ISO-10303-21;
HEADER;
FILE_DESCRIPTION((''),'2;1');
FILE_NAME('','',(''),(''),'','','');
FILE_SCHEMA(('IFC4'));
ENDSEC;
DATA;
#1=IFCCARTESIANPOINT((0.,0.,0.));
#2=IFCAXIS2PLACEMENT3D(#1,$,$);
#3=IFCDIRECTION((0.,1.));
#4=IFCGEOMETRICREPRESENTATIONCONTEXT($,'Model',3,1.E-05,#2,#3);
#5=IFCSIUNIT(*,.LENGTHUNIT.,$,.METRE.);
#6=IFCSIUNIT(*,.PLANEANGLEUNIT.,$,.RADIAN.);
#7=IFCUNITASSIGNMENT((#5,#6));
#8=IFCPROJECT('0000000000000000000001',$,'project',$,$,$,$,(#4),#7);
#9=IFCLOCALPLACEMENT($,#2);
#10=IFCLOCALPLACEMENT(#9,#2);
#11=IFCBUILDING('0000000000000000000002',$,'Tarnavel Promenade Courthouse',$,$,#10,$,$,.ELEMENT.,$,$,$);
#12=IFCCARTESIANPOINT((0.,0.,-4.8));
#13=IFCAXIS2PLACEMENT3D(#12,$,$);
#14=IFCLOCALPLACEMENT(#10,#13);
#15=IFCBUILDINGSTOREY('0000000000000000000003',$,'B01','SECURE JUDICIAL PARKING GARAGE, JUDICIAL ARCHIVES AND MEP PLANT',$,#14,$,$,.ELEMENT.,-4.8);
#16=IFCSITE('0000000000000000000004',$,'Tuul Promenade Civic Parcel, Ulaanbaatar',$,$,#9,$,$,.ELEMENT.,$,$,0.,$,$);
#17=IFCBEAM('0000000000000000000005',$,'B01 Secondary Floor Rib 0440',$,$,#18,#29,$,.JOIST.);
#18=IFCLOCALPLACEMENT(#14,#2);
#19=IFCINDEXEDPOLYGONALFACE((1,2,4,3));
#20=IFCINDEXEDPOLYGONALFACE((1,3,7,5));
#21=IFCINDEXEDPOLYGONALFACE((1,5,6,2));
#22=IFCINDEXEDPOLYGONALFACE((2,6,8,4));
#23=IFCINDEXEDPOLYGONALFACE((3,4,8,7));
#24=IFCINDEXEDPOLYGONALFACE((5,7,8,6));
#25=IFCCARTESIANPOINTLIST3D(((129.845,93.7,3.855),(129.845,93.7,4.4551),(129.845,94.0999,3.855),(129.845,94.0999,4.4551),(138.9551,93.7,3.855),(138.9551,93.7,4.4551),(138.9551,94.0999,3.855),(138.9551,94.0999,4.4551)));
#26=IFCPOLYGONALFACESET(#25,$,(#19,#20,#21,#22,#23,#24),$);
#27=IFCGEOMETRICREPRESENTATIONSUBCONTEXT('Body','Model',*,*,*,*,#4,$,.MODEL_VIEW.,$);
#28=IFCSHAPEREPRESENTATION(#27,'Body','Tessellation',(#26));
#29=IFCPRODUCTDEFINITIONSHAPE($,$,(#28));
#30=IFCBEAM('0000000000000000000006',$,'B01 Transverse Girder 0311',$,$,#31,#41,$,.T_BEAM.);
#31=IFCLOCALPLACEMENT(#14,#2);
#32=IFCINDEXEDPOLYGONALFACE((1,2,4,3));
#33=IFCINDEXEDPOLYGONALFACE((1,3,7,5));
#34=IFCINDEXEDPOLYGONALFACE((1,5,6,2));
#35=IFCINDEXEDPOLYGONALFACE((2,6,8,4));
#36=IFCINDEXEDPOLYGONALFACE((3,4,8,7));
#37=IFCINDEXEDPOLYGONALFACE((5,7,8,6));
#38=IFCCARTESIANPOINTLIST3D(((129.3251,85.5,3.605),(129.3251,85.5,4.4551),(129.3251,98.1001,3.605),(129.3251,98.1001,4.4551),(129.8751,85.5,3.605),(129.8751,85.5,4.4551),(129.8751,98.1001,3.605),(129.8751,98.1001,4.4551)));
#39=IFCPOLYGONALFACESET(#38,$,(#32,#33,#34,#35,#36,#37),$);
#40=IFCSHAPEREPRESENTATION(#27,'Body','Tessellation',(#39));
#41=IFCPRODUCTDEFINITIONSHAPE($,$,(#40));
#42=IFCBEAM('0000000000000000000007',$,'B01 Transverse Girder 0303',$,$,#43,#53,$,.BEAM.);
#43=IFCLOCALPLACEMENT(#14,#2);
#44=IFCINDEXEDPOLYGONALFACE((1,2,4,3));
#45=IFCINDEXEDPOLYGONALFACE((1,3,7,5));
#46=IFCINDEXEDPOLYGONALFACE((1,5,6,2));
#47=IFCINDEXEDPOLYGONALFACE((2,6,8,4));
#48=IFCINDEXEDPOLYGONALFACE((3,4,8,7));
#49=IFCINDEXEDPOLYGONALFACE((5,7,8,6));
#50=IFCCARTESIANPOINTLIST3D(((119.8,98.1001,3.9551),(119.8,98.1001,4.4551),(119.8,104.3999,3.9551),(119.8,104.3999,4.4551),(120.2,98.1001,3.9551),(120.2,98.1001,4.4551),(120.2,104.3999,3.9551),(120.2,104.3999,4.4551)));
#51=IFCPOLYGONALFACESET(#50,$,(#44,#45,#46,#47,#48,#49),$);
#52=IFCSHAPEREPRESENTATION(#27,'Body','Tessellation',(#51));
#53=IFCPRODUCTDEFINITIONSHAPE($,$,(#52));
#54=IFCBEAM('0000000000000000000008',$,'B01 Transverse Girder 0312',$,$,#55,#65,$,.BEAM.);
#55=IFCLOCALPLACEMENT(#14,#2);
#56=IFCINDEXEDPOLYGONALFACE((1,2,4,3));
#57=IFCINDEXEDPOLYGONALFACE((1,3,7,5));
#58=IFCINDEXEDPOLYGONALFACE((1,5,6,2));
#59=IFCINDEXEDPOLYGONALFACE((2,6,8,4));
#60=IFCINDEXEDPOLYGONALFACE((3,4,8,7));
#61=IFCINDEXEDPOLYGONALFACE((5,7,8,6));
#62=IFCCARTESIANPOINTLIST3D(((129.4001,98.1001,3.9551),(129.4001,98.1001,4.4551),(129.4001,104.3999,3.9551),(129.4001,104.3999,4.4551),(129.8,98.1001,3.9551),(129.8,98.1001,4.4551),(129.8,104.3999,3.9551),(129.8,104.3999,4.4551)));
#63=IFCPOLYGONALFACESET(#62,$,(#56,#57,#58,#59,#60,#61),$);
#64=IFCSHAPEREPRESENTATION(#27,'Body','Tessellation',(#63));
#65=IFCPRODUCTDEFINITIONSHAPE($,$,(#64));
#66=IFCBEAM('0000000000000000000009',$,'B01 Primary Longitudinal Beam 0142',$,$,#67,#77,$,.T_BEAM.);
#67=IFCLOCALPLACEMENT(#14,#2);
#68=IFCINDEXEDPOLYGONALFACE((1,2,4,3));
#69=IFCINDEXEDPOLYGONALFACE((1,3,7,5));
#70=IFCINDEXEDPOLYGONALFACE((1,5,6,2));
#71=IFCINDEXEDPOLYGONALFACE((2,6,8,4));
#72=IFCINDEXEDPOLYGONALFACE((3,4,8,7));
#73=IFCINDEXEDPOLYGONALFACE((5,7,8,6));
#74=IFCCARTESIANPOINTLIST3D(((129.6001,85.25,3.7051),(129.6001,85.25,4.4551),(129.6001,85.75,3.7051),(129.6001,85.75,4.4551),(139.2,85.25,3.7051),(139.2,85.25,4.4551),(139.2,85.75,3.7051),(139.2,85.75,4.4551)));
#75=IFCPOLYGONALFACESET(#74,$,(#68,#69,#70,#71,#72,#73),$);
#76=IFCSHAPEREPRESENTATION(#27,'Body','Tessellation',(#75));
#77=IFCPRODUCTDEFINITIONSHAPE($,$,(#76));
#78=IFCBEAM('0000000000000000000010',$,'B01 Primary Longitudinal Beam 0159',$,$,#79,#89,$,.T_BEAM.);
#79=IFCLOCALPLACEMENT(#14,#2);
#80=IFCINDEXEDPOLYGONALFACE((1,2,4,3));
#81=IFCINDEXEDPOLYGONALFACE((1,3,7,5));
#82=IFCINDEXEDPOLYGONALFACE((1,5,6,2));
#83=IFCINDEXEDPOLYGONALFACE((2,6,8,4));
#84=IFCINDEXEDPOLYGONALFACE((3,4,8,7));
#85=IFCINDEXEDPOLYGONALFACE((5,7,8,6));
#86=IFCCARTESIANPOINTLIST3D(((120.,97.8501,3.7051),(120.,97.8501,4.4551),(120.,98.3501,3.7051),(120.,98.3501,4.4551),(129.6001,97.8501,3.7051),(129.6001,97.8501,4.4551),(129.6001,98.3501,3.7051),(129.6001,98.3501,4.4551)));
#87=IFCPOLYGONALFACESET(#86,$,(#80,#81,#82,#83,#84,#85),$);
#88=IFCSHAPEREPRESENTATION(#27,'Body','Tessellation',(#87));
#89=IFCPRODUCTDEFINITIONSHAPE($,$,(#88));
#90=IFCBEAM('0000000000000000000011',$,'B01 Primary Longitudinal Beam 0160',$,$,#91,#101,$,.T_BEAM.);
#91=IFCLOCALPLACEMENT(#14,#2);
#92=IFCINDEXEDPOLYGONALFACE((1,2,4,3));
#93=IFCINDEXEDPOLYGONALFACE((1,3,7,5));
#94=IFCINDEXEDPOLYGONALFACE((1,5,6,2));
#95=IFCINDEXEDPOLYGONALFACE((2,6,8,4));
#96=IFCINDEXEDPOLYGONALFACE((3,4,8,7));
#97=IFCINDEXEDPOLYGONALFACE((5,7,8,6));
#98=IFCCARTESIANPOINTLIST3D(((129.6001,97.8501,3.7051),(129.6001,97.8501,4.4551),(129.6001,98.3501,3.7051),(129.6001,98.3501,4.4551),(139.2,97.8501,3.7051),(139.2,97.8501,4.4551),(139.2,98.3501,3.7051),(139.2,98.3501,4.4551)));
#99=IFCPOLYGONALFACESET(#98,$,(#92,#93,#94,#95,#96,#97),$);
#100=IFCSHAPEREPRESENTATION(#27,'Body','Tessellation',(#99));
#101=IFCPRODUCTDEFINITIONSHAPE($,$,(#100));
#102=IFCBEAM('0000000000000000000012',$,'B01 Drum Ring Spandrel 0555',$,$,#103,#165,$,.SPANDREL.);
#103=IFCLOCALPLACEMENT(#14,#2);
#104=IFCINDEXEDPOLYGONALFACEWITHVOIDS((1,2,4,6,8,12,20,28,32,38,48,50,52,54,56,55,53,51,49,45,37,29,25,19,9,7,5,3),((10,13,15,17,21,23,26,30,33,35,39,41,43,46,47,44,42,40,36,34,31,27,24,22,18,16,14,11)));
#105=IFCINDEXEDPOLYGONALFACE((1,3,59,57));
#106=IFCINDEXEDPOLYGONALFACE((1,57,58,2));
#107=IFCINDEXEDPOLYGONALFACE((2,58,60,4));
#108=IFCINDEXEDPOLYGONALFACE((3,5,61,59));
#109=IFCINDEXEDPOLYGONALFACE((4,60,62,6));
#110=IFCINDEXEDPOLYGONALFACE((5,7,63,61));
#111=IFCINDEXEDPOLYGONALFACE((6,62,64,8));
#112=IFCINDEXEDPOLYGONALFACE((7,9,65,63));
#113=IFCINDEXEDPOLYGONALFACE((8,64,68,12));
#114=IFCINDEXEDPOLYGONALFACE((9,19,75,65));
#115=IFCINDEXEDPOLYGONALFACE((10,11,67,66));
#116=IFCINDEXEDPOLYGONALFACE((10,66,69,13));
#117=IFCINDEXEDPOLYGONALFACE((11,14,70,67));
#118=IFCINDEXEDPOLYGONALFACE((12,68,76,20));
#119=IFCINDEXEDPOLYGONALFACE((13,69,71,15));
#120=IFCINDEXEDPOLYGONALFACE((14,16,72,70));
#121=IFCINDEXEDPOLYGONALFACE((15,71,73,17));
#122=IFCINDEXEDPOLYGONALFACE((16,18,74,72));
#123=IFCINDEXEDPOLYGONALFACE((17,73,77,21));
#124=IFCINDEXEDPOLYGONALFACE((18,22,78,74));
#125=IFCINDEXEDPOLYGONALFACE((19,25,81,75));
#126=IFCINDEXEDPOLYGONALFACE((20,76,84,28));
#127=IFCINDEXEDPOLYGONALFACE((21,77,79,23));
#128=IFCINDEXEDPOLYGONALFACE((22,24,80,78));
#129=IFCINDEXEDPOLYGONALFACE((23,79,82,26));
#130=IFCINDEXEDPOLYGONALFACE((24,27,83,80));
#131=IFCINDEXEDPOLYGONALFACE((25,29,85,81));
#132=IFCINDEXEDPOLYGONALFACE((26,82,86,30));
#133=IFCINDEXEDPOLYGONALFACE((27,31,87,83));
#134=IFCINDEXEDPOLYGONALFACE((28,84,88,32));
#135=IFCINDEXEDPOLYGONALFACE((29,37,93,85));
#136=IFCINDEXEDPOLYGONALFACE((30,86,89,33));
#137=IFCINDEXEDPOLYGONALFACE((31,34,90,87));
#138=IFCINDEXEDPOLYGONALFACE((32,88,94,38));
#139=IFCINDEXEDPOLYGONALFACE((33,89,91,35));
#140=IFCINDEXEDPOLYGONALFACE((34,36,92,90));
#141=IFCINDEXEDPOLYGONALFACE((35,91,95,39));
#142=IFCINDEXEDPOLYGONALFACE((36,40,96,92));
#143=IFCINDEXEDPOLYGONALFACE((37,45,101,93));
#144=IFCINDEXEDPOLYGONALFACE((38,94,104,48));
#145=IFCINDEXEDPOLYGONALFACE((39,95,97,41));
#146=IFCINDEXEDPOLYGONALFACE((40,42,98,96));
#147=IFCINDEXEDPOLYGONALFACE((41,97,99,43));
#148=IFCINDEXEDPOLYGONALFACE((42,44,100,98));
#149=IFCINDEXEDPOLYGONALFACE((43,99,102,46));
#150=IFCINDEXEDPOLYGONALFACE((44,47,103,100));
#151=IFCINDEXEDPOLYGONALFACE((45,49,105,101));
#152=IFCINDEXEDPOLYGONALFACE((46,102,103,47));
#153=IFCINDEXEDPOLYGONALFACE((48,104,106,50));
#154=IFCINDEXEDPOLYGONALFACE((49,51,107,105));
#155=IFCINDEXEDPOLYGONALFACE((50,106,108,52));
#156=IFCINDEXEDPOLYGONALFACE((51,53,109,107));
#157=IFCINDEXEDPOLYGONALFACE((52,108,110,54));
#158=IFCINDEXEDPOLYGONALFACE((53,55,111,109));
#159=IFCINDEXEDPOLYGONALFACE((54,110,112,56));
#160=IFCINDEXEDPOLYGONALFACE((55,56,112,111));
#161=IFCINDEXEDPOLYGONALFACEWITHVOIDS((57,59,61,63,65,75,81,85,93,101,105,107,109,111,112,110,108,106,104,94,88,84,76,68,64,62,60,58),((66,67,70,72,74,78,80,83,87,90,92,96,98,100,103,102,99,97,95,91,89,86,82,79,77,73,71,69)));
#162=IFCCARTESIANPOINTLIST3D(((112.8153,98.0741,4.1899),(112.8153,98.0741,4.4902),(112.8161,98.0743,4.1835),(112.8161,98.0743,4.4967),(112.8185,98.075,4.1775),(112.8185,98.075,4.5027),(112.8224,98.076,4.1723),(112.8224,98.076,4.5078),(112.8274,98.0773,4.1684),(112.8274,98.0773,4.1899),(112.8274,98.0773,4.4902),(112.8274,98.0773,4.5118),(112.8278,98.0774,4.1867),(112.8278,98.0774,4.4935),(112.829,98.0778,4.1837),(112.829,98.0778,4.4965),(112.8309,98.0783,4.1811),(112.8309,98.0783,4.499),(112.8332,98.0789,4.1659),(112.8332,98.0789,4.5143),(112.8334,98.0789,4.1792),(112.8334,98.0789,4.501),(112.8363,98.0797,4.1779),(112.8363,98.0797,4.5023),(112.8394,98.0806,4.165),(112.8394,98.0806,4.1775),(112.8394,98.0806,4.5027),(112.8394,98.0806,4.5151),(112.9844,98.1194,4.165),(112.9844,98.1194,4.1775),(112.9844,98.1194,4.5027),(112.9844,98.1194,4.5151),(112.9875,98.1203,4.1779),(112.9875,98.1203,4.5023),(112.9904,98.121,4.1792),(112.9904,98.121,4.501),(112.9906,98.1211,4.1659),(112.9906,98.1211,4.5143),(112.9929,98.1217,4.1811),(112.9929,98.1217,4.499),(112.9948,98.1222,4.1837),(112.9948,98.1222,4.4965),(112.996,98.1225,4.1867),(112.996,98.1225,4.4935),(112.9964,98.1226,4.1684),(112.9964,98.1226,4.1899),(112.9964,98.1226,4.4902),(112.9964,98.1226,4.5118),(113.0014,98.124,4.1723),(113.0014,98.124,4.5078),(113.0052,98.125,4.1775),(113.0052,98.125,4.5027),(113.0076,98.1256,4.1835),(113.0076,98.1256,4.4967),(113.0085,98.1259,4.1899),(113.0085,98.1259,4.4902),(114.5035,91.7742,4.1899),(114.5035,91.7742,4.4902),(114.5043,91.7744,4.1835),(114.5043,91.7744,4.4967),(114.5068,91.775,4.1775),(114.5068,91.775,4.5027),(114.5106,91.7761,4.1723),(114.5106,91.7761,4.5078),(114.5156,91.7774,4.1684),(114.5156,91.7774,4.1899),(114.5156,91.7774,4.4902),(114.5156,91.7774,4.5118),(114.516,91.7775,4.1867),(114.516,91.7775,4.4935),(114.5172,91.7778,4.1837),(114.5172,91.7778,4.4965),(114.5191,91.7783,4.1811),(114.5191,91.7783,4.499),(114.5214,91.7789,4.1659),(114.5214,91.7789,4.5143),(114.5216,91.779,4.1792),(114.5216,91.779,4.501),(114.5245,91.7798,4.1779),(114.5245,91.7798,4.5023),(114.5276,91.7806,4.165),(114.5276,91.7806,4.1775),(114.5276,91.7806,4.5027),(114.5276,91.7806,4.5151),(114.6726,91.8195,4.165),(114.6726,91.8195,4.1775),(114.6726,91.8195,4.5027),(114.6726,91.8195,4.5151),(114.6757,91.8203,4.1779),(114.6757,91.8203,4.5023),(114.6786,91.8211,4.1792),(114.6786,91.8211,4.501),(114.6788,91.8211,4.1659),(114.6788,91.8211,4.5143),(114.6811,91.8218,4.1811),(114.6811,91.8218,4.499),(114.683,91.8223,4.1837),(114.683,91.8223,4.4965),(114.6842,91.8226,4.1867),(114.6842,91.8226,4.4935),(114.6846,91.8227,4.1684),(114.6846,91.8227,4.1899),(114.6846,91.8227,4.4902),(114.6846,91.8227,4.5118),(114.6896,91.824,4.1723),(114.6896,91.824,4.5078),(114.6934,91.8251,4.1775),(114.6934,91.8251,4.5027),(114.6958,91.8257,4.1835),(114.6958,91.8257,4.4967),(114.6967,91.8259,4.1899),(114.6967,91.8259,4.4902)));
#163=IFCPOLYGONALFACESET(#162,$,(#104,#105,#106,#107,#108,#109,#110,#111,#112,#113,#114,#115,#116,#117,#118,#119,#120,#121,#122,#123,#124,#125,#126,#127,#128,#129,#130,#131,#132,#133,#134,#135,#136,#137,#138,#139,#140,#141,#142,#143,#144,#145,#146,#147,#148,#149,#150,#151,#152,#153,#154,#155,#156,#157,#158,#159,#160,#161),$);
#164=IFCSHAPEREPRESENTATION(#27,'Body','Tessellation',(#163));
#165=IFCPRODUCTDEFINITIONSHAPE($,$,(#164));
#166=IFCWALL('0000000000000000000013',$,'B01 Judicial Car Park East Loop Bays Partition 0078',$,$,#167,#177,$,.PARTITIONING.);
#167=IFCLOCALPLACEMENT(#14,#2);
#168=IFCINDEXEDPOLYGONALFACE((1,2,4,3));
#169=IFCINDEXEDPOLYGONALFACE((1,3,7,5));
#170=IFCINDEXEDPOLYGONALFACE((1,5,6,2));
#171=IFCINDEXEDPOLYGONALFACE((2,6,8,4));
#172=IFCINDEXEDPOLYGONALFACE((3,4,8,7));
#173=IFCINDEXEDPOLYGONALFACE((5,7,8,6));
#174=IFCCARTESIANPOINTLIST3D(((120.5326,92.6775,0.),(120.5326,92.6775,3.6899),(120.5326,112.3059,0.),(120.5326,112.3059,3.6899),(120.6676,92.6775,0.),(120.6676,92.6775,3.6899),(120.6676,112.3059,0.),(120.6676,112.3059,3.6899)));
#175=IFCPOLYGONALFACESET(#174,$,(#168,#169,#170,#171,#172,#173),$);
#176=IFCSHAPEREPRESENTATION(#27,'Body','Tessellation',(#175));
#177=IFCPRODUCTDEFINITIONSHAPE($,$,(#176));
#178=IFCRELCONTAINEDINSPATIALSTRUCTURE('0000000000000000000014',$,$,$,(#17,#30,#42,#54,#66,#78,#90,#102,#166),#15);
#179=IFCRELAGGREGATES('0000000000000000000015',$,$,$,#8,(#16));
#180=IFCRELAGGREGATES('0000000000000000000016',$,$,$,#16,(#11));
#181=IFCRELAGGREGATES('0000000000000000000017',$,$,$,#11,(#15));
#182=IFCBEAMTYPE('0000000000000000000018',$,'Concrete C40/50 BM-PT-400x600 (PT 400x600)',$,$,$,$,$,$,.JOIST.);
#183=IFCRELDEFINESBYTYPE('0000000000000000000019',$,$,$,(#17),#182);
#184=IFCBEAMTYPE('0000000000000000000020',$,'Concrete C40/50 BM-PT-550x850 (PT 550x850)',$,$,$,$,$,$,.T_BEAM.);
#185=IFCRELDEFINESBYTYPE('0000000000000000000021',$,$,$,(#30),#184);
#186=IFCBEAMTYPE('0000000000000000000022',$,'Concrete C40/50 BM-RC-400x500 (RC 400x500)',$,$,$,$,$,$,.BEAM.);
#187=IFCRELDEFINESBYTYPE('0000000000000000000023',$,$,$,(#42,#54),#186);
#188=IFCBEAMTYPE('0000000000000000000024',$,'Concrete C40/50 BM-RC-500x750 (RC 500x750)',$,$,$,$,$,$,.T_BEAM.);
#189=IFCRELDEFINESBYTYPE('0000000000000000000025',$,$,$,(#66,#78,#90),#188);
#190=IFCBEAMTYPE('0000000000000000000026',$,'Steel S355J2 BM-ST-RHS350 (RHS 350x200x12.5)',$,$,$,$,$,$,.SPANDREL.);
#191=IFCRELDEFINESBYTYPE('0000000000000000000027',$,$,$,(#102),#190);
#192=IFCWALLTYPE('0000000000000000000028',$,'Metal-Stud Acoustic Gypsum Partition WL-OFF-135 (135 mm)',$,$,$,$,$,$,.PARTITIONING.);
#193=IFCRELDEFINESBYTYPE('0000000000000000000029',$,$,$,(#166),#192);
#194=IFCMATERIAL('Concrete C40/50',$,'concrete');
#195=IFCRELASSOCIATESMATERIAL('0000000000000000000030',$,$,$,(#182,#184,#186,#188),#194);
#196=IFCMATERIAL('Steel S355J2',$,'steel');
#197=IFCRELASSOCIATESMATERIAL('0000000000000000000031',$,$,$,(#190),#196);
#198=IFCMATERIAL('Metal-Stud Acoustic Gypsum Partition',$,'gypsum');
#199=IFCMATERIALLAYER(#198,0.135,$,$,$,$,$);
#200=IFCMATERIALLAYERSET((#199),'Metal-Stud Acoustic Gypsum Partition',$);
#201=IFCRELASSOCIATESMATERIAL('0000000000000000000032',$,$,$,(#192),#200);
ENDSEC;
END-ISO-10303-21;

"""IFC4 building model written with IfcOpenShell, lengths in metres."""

from ifc_helpers import new_model, si_unit, direction, frame, frame_2d, origin, origin_2d, place, context, subcontext, project, spatial, rectangle, hollow_rectangle, extrude, material, layer, layer_set, material_profile, profile_set, type_object, element, save


model = new_model("IFC4")

# Units and contexts
model_context = context("Model", 3, precision=1e-05, world=origin(), true_north=direction((0.0, 1.0)))
body_context = subcontext(model_context, "Body", "Model", "MODEL_VIEW")
ifc_project = project(units=[si_unit("LENGTHUNIT", "METRE"), si_unit("PLANEANGLEUNIT", "RADIAN")], contexts=[model_context])

# Site, building, storey
site_placement = place(None, origin())
site = spatial("IfcSite", under=ifc_project, at=site_placement, Name="Tuul Promenade Civic Parcel, Ulaanbaatar", CompositionType="ELEMENT", RefElevation=0.0)
building_placement = place(site_placement, origin())
building = spatial("IfcBuilding", under=site, at=building_placement, Name="Tarnavel Promenade Courthouse", CompositionType="ELEMENT")
storey_placement = place(building_placement, frame((0.0, 0.0, -4.8)))
storey = spatial("IfcBuildingStorey", under=building, at=storey_placement, Name="B01", Description="SECURE JUDICIAL PARKING GARAGE, JUDICIAL ARCHIVES AND MEP PLANT", CompositionType="ELEMENT", Elevation=-4.8)

# Shared definitions
ifc_material_1 = material(Name="Concrete C40/50", Category="concrete")

# Beams
ifc_material_profile_1 = material_profile(ifc_material_1, rectangle(XDim=0.3999, YDim=0.6001, at=origin_2d()), Name="PT 400x600")
ifc_profile_set_1 = profile_set([ifc_material_profile_1], Name="Concrete C40/50")
beam_type_1 = type_object("IfcBeamType", Name="Concrete C40/50 BM-PT-400x600 (PT 400x600)", PredefinedType="JOIST", material=ifc_profile_set_1)
for number, where, z_axis, x_axis, name in (
    (1, (129.845, 93.8999, 4.155), (1.0, 0.0, 0.0), (0.0, 1.0, 0.0), "B01 Secondary Floor Rib 0440"),
):
    element("IfcBeam", number, at=place(storey_placement, frame(where, z_axis=z_axis, x_axis=x_axis)), inside=storey, type_object=beam_type_1, Name=name, PredefinedType="JOIST", context=body_context, shape_type="SweptSolid", body=[
        extrude(rectangle(XDim=0.3999, YDim=0.6001, at=origin_2d()), origin(), (0.0, 0.0, 1.0), 9.1101),
    ])
ifc_material_profile_2 = material_profile(ifc_material_1, rectangle(XDim=0.55, YDim=0.8501, at=origin_2d()), Name="PT 550x850")
ifc_profile_set_2 = profile_set([ifc_material_profile_2], Name="Concrete C40/50")
beam_type_2 = type_object("IfcBeamType", Name="Concrete C40/50 BM-PT-550x850 (PT 550x850)", PredefinedType="T_BEAM", material=ifc_profile_set_2)
beam_1_placement = place(storey_placement, frame((129.6001, 85.5, 4.03), z_axis=(0.0, 1.0, 0.0), x_axis=(-1.0, 0.0, 0.0)))
element("IfcBeam", 2, at=beam_1_placement, inside=storey, type_object=beam_type_2, Name="B01 Transverse Girder 0311", PredefinedType="T_BEAM", context=body_context, shape_type="SweptSolid", body=[
    extrude(rectangle(XDim=0.55, YDim=0.8501, at=origin_2d()), origin(), (0.0, 0.0, 1.0), 12.6001),
])
ifc_material_profile_3 = material_profile(ifc_material_1, rectangle(XDim=0.3999, YDim=0.5, at=origin_2d()), Name="RC 400x500")
ifc_profile_set_3 = profile_set([ifc_material_profile_3], Name="Concrete C40/50")
beam_type_3 = type_object("IfcBeamType", Name="Concrete C40/50 BM-RC-400x500 (RC 400x500)", PredefinedType="BEAM", material=ifc_profile_set_3)
for number, where, z_axis, x_axis, name in (
    (3, (120.0, 98.1001, 4.2051), (0.0, 1.0, 0.0), (-1.0, 0.0, 0.0), "B01 Transverse Girder 0303"),
    (4, (129.6001, 98.1001, 4.2051), (0.0, 1.0, 0.0), (-1.0, 0.0, 0.0), "B01 Transverse Girder 0312"),
):
    element("IfcBeam", number, at=place(storey_placement, frame(where, z_axis=z_axis, x_axis=x_axis)), inside=storey, type_object=beam_type_3, Name=name, PredefinedType="BEAM", context=body_context, shape_type="SweptSolid", body=[
        extrude(rectangle(XDim=0.3999, YDim=0.5, at=origin_2d()), origin(), (0.0, 0.0, 1.0), 6.2998),
    ])
ifc_material_profile_4 = material_profile(ifc_material_1, rectangle(XDim=0.5, YDim=0.75, at=origin_2d()), Name="RC 500x750")
ifc_profile_set_4 = profile_set([ifc_material_profile_4], Name="Concrete C40/50")
beam_type_4 = type_object("IfcBeamType", Name="Concrete C40/50 BM-RC-500x750 (RC 500x750)", PredefinedType="T_BEAM", material=ifc_profile_set_4)
beam_2_placement = place(storey_placement, frame((129.6001, 85.5, 4.0801), z_axis=(1.0, 0.0, 0.0), x_axis=(0.0, 1.0, 0.0)))
element("IfcBeam", 5, at=beam_2_placement, inside=storey, type_object=beam_type_4, Name="B01 Primary Longitudinal Beam 0142", PredefinedType="T_BEAM", context=body_context, shape_type="SweptSolid", body=[
    extrude(rectangle(XDim=0.5, YDim=0.75, at=origin_2d()), origin(), (0.0, 0.0, 1.0), 9.5999),
])
beam_3_placement = place(storey_placement, frame((120.0, 98.1001, 4.0801), z_axis=(1.0, 0.0, 0.0), x_axis=(0.0, 1.0, 0.0)))
element("IfcBeam", 6, at=beam_3_placement, inside=storey, type_object=beam_type_4, Name="B01 Primary Longitudinal Beam 0159", PredefinedType="T_BEAM", context=body_context, shape_type="SweptSolid", body=[
    extrude(rectangle(XDim=0.5, YDim=0.75, at=origin_2d()), origin(), (0.0, 0.0, 1.0), 9.6001),
])
beam_4_placement = place(storey_placement, frame((129.6001, 98.1001, 4.0801), z_axis=(1.0, 0.0, 0.0), x_axis=(0.0, 1.0, 0.0)))
element("IfcBeam", 7, at=beam_4_placement, inside=storey, type_object=beam_type_4, Name="B01 Primary Longitudinal Beam 0160", PredefinedType="T_BEAM", context=body_context, shape_type="SweptSolid", body=[
    extrude(rectangle(XDim=0.5, YDim=0.75, at=origin_2d()), origin(), (0.0, 0.0, 1.0), 9.5999),
])
ifc_material_2 = material(Name="Steel S355J2", Category="steel")
ifc_material_profile_5 = material_profile(ifc_material_2, hollow_rectangle(XDim=0.2, YDim=0.3501, WallThickness=0.0125, InnerFilletRadius=0.0125, OuterFilletRadius=0.0249, at=origin_2d()), Name="RHS 350x200x12.5")
ifc_profile_set_5 = profile_set([ifc_material_profile_5], Name="Steel S355J2")
beam_type_5 = type_object("IfcBeamType", Name="Steel S355J2 BM-ST-RHS350 (RHS 350x200x12.5)", PredefinedType="SPANDREL", material=ifc_profile_set_5)
beam_5_placement = place(storey_placement, frame((114.6001, 91.8, 4.3401), z_axis=(-0.258839, 0.96592, 0.0), x_axis=(-0.96592, -0.258839, 0.0)))
element("IfcBeam", 8, at=beam_5_placement, inside=storey, type_object=beam_type_5, Name="B01 Drum Ring Spandrel 0555", PredefinedType="SPANDREL", context=body_context, shape_type="SweptSolid", body=[
    extrude(hollow_rectangle(XDim=0.2, YDim=0.3501, WallThickness=0.0125, InnerFilletRadius=0.0125, OuterFilletRadius=0.0249, at=origin_2d()), origin(), (0.0, 0.0, 1.0), 6.5222),
])

# Wall
ifc_material_3 = material(Name="Metal-Stud Acoustic Gypsum Partition", Category="gypsum")
ifc_layer = layer(ifc_material_3, 0.135)
ifc_layer_set = layer_set([ifc_layer], Name="Metal-Stud Acoustic Gypsum Partition")
wall_type = type_object("IfcWallType", Name="Metal-Stud Acoustic Gypsum Partition WL-OFF-135 (135 mm)", PredefinedType="PARTITIONING", material=ifc_layer_set)
wall_placement = place(storey_placement, frame((120.6001, 92.6775, 0.0), z_axis=(0.0, 0.0, 1.0), x_axis=(0.0, 1.0, 0.0)))
element("IfcWall", 9, at=wall_placement, inside=storey, type_object=wall_type, Name="B01 Judicial Car Park East Loop Bays Partition 0078", PredefinedType="PARTITIONING", context=body_context, shape_type="SweptSolid", body=[
    extrude(rectangle(XDim=19.6284, YDim=0.135, at=frame_2d((9.8142, 0.0))), origin(), (0.0, 0.0, 1.0), 3.6899),
])

save(model, "model.ifc")
